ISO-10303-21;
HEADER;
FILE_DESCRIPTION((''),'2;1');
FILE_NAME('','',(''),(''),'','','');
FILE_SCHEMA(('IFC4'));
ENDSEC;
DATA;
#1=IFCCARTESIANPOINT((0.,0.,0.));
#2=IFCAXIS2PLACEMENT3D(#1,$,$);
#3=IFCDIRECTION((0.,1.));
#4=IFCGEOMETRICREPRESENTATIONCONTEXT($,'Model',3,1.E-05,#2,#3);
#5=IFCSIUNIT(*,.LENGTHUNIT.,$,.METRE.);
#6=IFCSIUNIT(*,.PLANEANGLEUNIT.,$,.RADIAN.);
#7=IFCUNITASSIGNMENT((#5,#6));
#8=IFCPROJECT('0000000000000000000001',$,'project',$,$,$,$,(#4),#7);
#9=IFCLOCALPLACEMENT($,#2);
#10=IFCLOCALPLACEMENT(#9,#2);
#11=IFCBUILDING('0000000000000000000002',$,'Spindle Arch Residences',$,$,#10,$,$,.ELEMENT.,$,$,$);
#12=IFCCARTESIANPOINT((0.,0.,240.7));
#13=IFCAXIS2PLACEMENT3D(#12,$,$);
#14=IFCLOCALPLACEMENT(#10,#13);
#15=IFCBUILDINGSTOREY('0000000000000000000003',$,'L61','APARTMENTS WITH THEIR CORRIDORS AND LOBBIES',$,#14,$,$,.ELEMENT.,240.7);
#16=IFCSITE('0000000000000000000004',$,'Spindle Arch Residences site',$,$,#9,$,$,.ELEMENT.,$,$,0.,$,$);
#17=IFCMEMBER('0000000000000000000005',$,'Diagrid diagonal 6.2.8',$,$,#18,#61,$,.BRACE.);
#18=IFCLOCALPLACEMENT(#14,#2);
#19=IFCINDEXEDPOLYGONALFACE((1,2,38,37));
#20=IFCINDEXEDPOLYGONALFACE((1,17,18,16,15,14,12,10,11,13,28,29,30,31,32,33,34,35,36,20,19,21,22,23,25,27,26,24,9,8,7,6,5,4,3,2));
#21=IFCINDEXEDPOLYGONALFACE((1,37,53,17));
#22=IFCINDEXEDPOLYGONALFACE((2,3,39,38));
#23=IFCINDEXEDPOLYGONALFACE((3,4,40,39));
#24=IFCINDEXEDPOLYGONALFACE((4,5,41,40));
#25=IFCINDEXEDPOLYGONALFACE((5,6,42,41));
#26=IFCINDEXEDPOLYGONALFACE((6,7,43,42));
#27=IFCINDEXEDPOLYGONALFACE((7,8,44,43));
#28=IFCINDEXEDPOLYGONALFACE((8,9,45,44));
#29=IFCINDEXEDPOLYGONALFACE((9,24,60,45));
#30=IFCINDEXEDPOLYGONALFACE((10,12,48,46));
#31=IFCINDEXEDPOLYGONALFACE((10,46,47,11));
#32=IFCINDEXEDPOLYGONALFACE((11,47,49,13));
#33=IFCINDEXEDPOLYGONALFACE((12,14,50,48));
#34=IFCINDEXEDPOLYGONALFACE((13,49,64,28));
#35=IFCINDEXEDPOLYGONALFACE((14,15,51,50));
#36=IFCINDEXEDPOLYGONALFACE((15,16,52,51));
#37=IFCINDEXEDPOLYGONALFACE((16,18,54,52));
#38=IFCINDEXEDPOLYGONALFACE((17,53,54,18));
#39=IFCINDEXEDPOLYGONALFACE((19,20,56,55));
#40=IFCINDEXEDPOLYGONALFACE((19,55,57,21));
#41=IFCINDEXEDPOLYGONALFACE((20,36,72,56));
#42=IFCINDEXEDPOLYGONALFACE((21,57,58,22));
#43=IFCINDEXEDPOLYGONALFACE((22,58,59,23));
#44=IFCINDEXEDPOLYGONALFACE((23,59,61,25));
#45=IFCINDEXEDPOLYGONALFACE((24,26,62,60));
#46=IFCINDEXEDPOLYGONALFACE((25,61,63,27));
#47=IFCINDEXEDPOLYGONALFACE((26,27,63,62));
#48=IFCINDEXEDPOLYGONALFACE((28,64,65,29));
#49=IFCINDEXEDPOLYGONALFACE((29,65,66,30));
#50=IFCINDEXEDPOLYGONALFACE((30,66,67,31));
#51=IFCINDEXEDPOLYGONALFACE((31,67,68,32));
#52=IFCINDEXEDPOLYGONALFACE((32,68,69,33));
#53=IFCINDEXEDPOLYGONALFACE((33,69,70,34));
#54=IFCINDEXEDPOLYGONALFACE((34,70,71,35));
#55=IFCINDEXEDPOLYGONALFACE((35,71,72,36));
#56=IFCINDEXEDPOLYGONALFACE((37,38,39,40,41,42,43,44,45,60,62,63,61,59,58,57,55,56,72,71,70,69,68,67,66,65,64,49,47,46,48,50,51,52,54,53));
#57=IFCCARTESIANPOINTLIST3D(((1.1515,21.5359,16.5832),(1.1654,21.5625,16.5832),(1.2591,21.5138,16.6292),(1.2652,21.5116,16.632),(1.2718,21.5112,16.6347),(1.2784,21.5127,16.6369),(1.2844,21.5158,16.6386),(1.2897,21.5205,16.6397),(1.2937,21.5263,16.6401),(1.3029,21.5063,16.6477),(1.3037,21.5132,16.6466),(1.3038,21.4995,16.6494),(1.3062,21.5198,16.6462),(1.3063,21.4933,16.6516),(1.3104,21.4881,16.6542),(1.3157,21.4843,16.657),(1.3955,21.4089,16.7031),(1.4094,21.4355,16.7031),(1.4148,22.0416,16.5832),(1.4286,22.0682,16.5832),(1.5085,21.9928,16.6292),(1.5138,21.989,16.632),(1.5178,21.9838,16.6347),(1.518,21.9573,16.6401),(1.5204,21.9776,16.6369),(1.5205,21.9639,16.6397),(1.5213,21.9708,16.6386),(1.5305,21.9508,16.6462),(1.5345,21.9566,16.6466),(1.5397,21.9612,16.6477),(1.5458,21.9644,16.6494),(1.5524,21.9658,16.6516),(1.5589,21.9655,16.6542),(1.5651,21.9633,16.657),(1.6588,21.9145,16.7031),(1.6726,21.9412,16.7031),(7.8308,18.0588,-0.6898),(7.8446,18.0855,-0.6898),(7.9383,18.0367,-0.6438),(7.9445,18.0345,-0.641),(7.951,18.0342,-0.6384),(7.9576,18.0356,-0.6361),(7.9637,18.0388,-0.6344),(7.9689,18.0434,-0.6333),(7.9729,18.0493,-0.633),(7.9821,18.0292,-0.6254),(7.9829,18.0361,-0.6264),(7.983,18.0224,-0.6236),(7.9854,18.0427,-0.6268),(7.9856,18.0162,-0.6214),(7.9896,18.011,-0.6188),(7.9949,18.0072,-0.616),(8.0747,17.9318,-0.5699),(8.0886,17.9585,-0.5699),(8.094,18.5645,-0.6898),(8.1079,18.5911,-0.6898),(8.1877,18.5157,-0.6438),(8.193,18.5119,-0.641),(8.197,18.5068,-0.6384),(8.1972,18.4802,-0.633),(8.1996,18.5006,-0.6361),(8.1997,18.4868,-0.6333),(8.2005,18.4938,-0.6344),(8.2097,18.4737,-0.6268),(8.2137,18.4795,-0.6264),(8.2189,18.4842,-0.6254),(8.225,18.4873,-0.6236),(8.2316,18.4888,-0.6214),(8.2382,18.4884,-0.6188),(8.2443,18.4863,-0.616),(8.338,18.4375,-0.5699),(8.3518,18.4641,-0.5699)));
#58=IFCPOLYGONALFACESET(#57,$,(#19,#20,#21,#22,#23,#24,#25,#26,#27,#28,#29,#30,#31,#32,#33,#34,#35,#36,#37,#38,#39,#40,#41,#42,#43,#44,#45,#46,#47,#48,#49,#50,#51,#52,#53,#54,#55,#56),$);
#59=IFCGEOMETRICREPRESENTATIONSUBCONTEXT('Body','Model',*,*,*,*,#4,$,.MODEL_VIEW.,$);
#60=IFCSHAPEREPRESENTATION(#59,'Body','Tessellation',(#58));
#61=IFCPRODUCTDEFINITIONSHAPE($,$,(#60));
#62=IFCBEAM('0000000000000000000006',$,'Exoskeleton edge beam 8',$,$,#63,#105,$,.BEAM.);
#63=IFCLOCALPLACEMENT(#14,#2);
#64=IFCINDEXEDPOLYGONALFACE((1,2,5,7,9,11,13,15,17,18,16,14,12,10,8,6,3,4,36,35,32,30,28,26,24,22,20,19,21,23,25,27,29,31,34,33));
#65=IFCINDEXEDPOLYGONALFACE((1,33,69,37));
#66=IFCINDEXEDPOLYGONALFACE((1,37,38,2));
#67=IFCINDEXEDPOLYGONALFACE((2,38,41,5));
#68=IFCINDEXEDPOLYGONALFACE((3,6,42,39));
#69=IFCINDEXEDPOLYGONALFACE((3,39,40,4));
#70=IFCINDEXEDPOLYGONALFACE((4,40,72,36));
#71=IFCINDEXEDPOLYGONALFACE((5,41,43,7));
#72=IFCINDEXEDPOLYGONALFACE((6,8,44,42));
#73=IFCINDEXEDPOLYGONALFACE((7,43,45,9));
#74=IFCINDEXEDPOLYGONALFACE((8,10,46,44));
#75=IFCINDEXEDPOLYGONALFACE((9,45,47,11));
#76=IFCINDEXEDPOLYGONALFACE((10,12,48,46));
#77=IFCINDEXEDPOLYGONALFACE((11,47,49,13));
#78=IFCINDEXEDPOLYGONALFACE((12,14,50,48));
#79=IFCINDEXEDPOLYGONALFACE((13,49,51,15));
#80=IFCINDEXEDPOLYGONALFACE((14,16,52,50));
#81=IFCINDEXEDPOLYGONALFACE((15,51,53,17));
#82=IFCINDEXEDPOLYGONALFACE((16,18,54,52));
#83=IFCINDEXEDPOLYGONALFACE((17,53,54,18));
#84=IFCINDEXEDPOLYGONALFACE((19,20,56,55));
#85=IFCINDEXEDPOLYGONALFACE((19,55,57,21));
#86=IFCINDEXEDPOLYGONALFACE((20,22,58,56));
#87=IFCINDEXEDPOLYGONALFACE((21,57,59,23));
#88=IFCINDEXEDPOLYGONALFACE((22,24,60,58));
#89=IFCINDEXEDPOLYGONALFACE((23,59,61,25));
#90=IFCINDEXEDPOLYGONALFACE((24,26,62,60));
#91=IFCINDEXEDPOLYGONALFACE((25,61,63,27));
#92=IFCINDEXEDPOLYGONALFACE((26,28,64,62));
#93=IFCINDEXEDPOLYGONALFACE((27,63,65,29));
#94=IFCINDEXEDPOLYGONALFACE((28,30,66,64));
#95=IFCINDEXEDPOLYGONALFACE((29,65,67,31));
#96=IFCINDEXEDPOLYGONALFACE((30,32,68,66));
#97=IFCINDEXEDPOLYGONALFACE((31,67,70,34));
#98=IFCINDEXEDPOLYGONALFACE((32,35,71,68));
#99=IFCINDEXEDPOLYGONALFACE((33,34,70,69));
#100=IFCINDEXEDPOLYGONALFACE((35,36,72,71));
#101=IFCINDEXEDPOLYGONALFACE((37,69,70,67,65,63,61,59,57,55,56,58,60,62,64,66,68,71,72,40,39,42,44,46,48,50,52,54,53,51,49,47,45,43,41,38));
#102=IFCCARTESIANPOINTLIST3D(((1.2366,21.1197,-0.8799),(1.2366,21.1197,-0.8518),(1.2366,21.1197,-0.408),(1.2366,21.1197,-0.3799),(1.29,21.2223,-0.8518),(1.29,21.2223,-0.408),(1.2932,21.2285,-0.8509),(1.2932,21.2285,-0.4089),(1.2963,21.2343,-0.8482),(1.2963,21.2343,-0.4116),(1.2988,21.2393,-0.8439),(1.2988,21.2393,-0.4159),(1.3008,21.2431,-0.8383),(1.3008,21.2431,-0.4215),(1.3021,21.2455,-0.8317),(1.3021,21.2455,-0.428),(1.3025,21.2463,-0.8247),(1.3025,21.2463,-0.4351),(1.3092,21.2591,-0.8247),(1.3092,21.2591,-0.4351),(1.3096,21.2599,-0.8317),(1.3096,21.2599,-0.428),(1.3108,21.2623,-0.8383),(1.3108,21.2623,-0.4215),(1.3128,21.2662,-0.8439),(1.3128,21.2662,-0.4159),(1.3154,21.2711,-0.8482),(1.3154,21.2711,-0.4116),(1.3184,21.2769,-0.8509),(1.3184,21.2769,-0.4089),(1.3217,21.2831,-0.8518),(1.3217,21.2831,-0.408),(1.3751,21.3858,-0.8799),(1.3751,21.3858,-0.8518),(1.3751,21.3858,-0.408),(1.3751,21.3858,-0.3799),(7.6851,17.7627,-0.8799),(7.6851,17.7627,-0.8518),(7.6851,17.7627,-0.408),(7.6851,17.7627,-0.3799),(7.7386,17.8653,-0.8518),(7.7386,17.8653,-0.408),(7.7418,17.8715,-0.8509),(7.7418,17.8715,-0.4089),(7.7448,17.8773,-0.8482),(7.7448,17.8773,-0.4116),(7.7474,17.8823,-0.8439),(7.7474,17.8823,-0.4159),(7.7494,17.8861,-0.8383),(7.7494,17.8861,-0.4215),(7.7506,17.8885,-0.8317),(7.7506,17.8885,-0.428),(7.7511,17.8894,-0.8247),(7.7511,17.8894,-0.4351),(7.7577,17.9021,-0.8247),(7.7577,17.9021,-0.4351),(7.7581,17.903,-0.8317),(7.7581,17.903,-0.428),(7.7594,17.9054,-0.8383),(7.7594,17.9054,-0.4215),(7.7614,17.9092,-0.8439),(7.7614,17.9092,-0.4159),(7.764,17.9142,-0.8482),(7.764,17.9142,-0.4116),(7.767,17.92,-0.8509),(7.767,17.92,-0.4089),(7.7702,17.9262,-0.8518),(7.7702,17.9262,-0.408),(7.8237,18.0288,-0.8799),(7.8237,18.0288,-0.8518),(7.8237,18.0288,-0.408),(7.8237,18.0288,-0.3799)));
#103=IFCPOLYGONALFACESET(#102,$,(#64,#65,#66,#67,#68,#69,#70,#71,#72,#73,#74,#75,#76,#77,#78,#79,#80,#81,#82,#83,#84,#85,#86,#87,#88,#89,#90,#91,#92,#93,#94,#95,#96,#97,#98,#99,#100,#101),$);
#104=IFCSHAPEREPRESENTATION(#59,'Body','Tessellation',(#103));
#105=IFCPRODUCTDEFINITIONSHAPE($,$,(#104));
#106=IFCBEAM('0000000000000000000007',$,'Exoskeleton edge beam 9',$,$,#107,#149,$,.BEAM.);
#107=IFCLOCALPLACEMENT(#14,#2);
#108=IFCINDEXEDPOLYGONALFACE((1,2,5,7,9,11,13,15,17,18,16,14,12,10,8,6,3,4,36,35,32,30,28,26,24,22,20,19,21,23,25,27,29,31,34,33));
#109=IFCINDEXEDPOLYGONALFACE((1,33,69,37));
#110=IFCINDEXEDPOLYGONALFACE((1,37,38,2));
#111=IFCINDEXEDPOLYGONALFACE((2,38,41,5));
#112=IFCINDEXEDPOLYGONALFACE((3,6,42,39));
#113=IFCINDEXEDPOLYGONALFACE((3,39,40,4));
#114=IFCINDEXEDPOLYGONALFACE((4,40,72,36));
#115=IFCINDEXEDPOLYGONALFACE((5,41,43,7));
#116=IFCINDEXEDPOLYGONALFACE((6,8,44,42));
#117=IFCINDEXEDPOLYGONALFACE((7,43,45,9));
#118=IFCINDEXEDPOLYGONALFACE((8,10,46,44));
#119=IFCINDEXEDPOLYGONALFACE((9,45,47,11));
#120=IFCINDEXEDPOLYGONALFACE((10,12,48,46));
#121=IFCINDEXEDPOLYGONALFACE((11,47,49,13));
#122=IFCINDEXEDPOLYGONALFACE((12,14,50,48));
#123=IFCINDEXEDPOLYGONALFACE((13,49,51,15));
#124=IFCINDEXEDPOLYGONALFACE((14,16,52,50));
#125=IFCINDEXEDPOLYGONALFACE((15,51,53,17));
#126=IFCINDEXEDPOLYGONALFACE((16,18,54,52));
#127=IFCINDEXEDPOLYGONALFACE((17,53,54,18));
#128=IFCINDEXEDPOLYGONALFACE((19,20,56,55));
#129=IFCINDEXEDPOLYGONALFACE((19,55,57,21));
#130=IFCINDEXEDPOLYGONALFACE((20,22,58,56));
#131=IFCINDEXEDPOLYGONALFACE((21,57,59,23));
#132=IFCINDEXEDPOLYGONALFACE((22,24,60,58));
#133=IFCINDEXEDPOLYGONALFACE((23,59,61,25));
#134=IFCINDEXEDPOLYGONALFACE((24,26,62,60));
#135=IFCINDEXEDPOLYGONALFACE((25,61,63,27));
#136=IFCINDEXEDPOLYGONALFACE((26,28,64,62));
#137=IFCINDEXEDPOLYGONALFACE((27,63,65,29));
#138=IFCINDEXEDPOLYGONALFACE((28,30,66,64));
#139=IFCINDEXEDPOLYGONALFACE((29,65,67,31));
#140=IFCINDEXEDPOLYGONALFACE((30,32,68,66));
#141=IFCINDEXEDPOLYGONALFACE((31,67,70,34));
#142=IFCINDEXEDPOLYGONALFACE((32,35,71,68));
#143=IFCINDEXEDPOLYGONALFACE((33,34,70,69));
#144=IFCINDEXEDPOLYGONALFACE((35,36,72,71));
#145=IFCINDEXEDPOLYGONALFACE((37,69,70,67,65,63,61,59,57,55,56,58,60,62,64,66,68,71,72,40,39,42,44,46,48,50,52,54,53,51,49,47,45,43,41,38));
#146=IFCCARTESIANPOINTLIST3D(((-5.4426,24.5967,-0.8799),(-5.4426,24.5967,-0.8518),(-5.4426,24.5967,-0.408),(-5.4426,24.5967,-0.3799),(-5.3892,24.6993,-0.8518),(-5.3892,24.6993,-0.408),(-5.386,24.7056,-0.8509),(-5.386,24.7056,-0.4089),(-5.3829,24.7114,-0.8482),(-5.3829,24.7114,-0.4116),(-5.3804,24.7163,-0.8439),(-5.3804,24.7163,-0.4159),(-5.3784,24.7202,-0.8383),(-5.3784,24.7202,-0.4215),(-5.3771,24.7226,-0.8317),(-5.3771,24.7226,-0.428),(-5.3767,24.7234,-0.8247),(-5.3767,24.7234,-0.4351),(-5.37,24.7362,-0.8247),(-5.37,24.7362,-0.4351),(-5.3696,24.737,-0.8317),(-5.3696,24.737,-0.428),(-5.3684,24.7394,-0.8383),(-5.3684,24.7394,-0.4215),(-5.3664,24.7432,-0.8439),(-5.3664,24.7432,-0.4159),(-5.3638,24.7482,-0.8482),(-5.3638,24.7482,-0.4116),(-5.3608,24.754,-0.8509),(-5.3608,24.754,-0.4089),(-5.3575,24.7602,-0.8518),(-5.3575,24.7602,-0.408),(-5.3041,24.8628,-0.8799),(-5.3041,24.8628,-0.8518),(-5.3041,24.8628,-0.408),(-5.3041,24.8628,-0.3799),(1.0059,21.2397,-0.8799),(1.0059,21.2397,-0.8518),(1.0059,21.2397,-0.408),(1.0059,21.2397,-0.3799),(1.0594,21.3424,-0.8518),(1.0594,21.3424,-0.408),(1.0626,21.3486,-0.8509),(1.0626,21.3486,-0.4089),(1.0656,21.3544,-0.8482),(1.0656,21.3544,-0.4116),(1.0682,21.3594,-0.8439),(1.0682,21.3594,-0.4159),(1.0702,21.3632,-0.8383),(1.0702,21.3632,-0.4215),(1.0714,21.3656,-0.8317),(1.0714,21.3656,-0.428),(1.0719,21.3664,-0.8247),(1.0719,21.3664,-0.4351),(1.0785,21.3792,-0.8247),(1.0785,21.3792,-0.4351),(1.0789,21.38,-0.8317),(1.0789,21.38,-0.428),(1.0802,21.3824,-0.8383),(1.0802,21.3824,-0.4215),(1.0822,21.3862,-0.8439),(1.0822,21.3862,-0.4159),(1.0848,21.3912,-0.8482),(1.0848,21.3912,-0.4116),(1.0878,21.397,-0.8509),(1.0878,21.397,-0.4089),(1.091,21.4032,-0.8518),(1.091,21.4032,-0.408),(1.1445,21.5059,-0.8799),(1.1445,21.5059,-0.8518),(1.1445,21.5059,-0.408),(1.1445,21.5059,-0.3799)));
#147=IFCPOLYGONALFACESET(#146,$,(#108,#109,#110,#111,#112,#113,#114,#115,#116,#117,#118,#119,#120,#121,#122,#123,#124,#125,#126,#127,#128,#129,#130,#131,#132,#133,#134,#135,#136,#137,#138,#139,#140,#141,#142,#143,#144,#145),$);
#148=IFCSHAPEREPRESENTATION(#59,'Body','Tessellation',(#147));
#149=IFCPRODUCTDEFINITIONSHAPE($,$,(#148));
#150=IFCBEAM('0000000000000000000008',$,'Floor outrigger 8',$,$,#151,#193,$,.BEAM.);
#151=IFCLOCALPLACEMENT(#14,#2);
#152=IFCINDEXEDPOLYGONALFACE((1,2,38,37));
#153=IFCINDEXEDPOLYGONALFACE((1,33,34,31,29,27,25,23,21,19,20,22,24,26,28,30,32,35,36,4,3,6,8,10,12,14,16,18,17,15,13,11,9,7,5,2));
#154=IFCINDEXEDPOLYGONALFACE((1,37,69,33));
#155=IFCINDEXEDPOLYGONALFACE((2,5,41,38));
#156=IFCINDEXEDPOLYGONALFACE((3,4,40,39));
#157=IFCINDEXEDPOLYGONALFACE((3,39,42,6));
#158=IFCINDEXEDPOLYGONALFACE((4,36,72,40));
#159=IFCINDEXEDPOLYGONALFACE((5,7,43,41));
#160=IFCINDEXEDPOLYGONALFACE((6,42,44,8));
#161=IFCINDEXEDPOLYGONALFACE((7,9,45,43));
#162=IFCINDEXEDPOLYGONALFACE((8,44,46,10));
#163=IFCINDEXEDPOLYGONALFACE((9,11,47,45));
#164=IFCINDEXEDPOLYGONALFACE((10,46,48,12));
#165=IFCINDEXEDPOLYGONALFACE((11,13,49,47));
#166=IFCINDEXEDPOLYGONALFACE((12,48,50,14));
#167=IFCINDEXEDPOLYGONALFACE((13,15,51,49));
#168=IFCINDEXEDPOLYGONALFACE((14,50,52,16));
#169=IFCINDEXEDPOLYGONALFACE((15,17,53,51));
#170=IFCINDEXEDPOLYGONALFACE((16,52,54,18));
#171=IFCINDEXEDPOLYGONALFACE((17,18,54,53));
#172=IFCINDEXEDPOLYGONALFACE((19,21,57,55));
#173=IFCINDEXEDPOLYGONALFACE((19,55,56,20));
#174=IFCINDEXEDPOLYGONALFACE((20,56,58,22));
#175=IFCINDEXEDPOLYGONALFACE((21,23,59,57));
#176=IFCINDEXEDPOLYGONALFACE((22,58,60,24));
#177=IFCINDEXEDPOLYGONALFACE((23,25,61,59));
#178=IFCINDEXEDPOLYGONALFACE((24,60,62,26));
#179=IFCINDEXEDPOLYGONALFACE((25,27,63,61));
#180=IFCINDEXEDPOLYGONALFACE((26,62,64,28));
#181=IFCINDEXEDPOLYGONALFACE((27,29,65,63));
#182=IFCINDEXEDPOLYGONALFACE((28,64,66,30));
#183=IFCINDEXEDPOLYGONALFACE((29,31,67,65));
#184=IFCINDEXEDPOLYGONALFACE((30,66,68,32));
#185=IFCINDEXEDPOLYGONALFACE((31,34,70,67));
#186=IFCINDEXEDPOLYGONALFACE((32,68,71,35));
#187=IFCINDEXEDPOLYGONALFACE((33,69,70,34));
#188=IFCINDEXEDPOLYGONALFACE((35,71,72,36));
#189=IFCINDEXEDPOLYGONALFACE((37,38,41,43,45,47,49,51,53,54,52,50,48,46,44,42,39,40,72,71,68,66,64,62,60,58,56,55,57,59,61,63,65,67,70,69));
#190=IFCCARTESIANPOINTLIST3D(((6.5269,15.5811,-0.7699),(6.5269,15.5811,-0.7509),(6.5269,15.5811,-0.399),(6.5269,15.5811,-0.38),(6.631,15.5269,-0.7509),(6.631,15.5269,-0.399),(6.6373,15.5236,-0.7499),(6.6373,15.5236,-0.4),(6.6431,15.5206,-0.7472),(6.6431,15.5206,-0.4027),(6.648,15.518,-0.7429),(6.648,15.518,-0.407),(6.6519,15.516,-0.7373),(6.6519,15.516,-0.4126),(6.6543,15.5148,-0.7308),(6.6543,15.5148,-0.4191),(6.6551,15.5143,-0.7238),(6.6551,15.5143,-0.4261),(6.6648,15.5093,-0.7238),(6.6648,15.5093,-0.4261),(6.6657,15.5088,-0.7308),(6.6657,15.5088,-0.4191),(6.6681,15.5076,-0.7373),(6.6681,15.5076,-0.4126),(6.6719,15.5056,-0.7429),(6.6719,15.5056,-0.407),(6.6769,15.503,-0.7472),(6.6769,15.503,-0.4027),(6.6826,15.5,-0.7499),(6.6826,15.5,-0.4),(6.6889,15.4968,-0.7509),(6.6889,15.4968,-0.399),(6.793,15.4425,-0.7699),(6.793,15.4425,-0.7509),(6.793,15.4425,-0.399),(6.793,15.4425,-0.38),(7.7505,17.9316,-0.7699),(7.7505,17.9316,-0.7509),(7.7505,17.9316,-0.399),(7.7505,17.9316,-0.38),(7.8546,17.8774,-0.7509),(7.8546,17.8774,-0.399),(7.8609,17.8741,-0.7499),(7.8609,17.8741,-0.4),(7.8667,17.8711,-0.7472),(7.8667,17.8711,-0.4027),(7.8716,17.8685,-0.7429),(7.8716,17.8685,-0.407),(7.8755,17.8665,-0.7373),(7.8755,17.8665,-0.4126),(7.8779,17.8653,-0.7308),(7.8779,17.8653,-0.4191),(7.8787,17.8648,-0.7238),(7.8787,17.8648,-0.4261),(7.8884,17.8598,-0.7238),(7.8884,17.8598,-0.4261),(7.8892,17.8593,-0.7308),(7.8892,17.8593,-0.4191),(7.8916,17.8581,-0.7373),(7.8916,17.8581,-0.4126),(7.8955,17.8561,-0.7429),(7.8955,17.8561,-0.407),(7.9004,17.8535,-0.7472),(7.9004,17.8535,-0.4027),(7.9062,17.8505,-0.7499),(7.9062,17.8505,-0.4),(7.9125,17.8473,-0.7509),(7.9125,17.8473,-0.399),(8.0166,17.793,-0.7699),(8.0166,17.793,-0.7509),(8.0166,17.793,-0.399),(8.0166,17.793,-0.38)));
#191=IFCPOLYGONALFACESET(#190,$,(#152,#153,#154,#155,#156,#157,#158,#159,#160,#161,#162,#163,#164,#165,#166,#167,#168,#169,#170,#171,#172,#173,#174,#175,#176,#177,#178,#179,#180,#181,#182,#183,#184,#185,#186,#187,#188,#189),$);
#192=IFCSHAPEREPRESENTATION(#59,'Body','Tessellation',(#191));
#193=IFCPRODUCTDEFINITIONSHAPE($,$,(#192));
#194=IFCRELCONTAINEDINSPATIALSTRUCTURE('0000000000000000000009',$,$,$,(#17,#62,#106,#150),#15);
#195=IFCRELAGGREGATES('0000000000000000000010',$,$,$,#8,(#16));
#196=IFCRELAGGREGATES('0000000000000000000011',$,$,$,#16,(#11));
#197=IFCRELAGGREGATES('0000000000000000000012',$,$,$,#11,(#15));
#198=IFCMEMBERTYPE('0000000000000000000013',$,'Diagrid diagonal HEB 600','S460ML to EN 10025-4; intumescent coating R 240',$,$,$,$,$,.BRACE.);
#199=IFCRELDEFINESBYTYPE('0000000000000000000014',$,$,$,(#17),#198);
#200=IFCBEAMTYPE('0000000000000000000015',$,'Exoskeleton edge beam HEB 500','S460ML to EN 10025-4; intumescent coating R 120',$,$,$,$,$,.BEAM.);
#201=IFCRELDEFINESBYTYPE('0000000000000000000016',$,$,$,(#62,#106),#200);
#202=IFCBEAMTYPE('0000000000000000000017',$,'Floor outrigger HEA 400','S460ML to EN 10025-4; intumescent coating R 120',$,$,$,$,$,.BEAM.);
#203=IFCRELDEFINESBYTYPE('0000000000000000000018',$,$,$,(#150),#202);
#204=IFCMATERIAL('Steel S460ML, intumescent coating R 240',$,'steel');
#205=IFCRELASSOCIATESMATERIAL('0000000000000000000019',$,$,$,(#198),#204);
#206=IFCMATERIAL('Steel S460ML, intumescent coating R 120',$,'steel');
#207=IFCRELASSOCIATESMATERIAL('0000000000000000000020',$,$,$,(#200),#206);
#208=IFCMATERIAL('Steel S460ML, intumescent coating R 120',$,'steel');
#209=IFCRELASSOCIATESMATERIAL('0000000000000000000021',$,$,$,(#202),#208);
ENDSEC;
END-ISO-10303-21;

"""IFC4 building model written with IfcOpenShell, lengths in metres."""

from ifc_helpers import new_model, si_unit, direction, frame, origin, origin_2d, place, context, subcontext, project, spatial, i_section, extrude, material, material_profile, profile_set, type_object, element, save


model = new_model("IFC4")

# Units and contexts
model_context = context("Model", 3, precision=1e-05, world=origin(), true_north=direction((0.0, 1.0)))
body_context = subcontext(model_context, "Body", "Model", "MODEL_VIEW")
ifc_project = project(units=[si_unit("LENGTHUNIT", "METRE"), si_unit("PLANEANGLEUNIT", "RADIAN")], contexts=[model_context])

# Site, building, storey
site_placement = place(None, origin())
site = spatial("IfcSite", under=ifc_project, at=site_placement, Name="Spindle Arch Residences site", CompositionType="ELEMENT", RefElevation=0.0)
building_placement = place(site_placement, origin())
building = spatial("IfcBuilding", under=site, at=building_placement, Name="Spindle Arch Residences", CompositionType="ELEMENT")
storey_placement = place(building_placement, frame((0.0, 0.0, 240.7)))
storey = spatial("IfcBuildingStorey", under=building, at=storey_placement, Name="L61", Description="APARTMENTS WITH THEIR CORRIDORS AND LOBBIES", CompositionType="ELEMENT", Elevation=240.7)

# Member
ifc_material_1 = material(Name="Steel S460ML, intumescent coating R 240", Category="steel")
ifc_material_profile_1 = material_profile(ifc_material_1, i_section(OverallWidth=0.3, OverallDepth=0.6001, WebThickness=0.0154, FlangeThickness=0.03, FilletRadius=0.0271, at=origin_2d()), Name="HEB 600")
ifc_profile_set_1 = profile_set([ifc_material_profile_1], Name="Steel S460ML, intumescent coating R 240")
member_type_1 = type_object("IfcMemberType", Name="Diagrid diagonal HEB 600", Description="S460ML to EN 10025-4; intumescent coating R 240", PredefinedType="BRACE", material=ifc_profile_set_1)
for number, where, z_axis, x_axis, name in (
    (1, (8.0913, 18.2615, -0.6299), (-0.354467, 0.184528, 0.91668), (0.813101, -0.423283, 0.399622), "Diagrid diagonal 6.2.8"),
):
    element("IfcMember", number, at=place(storey_placement, frame(where, z_axis=z_axis, x_axis=x_axis)), inside=storey, type_object=member_type_1, Name=name, PredefinedType="BRACE", context=body_context, shape_type="SweptSolid", body=[
        extrude(i_section(OverallWidth=0.3, OverallDepth=0.6001, WebThickness=0.0154, FlangeThickness=0.03, FilletRadius=0.0271, at=origin_2d()), origin(), (0.0, 0.0, 1.0), 18.843),
    ])

# Beams
ifc_material_2 = material(Name="Steel S460ML, intumescent coating R 120", Category="steel")
ifc_material_profile_2 = material_profile(ifc_material_2, i_section(OverallWidth=0.3, OverallDepth=0.5, WebThickness=0.0144, FlangeThickness=0.0281, FilletRadius=0.0271, at=origin_2d()), Name="HEB 500")
ifc_profile_set_2 = profile_set([ifc_material_profile_2], Name="Steel S460ML, intumescent coating R 120")
beam_type_1 = type_object("IfcBeamType", Name="Exoskeleton edge beam HEB 500", Description="S460ML to EN 10025-4; intumescent coating R 120", PredefinedType="BEAM", material=ifc_profile_set_2)
for number, where, z_axis, x_axis, name in (
    (2, (7.7544, 17.8958, -0.6299), (-0.887007, 0.461756, 0.0), (-0.461756, -0.887007, 0.0), "Exoskeleton edge beam 8"),
    (3, (1.0752, 21.3728, -0.6299), (-0.887007, 0.461756, 0.0), (-0.461756, -0.887007, 0.0), "Exoskeleton edge beam 9"),
):
    element("IfcBeam", number, at=place(storey_placement, frame(where, z_axis=z_axis, x_axis=x_axis)), inside=storey, type_object=beam_type_1, Name=name, PredefinedType="BEAM", context=body_context, shape_type="SweptSolid", body=[
        extrude(i_section(OverallWidth=0.3, OverallDepth=0.5, WebThickness=0.0144, FlangeThickness=0.0281, FilletRadius=0.0271, at=origin_2d()), origin(), (0.0, 0.0, 1.0), 7.27),
    ])
ifc_material_3 = material(Name="Steel S460ML, intumescent coating R 120", Category="steel")
ifc_material_profile_3 = material_profile(ifc_material_3, i_section(OverallWidth=0.3, OverallDepth=0.3899, WebThickness=0.011, FlangeThickness=0.019, FilletRadius=0.0271, at=origin_2d()), Name="HEA 400")
ifc_profile_set_3 = profile_set([ifc_material_profile_3], Name="Steel S460ML, intumescent coating R 120")
beam_type_2 = type_object("IfcBeamType", Name="Floor outrigger HEA 400", Description="S460ML to EN 10025-4; intumescent coating R 120", PredefinedType="BEAM", material=ifc_profile_set_3)
for number, where, z_axis, x_axis, name in (
    (4, (7.8835, 17.8623, -0.575), (-0.461747, -0.887012, 0.0), (0.887012, -0.461747, 0.0), "Floor outrigger 8"),
):
    element("IfcBeam", number, at=place(storey_placement, frame(where, z_axis=z_axis, x_axis=x_axis)), inside=storey, type_object=beam_type_2, Name=name, PredefinedType="BEAM", context=body_context, shape_type="SweptSolid", body=[
        extrude(i_section(OverallWidth=0.3, OverallDepth=0.3899, WebThickness=0.011, FlangeThickness=0.019, FilletRadius=0.0271, at=origin_2d()), origin(), (0.0, 0.0, 1.0), 2.6499),
    ])

save(model, "model.ifc")
